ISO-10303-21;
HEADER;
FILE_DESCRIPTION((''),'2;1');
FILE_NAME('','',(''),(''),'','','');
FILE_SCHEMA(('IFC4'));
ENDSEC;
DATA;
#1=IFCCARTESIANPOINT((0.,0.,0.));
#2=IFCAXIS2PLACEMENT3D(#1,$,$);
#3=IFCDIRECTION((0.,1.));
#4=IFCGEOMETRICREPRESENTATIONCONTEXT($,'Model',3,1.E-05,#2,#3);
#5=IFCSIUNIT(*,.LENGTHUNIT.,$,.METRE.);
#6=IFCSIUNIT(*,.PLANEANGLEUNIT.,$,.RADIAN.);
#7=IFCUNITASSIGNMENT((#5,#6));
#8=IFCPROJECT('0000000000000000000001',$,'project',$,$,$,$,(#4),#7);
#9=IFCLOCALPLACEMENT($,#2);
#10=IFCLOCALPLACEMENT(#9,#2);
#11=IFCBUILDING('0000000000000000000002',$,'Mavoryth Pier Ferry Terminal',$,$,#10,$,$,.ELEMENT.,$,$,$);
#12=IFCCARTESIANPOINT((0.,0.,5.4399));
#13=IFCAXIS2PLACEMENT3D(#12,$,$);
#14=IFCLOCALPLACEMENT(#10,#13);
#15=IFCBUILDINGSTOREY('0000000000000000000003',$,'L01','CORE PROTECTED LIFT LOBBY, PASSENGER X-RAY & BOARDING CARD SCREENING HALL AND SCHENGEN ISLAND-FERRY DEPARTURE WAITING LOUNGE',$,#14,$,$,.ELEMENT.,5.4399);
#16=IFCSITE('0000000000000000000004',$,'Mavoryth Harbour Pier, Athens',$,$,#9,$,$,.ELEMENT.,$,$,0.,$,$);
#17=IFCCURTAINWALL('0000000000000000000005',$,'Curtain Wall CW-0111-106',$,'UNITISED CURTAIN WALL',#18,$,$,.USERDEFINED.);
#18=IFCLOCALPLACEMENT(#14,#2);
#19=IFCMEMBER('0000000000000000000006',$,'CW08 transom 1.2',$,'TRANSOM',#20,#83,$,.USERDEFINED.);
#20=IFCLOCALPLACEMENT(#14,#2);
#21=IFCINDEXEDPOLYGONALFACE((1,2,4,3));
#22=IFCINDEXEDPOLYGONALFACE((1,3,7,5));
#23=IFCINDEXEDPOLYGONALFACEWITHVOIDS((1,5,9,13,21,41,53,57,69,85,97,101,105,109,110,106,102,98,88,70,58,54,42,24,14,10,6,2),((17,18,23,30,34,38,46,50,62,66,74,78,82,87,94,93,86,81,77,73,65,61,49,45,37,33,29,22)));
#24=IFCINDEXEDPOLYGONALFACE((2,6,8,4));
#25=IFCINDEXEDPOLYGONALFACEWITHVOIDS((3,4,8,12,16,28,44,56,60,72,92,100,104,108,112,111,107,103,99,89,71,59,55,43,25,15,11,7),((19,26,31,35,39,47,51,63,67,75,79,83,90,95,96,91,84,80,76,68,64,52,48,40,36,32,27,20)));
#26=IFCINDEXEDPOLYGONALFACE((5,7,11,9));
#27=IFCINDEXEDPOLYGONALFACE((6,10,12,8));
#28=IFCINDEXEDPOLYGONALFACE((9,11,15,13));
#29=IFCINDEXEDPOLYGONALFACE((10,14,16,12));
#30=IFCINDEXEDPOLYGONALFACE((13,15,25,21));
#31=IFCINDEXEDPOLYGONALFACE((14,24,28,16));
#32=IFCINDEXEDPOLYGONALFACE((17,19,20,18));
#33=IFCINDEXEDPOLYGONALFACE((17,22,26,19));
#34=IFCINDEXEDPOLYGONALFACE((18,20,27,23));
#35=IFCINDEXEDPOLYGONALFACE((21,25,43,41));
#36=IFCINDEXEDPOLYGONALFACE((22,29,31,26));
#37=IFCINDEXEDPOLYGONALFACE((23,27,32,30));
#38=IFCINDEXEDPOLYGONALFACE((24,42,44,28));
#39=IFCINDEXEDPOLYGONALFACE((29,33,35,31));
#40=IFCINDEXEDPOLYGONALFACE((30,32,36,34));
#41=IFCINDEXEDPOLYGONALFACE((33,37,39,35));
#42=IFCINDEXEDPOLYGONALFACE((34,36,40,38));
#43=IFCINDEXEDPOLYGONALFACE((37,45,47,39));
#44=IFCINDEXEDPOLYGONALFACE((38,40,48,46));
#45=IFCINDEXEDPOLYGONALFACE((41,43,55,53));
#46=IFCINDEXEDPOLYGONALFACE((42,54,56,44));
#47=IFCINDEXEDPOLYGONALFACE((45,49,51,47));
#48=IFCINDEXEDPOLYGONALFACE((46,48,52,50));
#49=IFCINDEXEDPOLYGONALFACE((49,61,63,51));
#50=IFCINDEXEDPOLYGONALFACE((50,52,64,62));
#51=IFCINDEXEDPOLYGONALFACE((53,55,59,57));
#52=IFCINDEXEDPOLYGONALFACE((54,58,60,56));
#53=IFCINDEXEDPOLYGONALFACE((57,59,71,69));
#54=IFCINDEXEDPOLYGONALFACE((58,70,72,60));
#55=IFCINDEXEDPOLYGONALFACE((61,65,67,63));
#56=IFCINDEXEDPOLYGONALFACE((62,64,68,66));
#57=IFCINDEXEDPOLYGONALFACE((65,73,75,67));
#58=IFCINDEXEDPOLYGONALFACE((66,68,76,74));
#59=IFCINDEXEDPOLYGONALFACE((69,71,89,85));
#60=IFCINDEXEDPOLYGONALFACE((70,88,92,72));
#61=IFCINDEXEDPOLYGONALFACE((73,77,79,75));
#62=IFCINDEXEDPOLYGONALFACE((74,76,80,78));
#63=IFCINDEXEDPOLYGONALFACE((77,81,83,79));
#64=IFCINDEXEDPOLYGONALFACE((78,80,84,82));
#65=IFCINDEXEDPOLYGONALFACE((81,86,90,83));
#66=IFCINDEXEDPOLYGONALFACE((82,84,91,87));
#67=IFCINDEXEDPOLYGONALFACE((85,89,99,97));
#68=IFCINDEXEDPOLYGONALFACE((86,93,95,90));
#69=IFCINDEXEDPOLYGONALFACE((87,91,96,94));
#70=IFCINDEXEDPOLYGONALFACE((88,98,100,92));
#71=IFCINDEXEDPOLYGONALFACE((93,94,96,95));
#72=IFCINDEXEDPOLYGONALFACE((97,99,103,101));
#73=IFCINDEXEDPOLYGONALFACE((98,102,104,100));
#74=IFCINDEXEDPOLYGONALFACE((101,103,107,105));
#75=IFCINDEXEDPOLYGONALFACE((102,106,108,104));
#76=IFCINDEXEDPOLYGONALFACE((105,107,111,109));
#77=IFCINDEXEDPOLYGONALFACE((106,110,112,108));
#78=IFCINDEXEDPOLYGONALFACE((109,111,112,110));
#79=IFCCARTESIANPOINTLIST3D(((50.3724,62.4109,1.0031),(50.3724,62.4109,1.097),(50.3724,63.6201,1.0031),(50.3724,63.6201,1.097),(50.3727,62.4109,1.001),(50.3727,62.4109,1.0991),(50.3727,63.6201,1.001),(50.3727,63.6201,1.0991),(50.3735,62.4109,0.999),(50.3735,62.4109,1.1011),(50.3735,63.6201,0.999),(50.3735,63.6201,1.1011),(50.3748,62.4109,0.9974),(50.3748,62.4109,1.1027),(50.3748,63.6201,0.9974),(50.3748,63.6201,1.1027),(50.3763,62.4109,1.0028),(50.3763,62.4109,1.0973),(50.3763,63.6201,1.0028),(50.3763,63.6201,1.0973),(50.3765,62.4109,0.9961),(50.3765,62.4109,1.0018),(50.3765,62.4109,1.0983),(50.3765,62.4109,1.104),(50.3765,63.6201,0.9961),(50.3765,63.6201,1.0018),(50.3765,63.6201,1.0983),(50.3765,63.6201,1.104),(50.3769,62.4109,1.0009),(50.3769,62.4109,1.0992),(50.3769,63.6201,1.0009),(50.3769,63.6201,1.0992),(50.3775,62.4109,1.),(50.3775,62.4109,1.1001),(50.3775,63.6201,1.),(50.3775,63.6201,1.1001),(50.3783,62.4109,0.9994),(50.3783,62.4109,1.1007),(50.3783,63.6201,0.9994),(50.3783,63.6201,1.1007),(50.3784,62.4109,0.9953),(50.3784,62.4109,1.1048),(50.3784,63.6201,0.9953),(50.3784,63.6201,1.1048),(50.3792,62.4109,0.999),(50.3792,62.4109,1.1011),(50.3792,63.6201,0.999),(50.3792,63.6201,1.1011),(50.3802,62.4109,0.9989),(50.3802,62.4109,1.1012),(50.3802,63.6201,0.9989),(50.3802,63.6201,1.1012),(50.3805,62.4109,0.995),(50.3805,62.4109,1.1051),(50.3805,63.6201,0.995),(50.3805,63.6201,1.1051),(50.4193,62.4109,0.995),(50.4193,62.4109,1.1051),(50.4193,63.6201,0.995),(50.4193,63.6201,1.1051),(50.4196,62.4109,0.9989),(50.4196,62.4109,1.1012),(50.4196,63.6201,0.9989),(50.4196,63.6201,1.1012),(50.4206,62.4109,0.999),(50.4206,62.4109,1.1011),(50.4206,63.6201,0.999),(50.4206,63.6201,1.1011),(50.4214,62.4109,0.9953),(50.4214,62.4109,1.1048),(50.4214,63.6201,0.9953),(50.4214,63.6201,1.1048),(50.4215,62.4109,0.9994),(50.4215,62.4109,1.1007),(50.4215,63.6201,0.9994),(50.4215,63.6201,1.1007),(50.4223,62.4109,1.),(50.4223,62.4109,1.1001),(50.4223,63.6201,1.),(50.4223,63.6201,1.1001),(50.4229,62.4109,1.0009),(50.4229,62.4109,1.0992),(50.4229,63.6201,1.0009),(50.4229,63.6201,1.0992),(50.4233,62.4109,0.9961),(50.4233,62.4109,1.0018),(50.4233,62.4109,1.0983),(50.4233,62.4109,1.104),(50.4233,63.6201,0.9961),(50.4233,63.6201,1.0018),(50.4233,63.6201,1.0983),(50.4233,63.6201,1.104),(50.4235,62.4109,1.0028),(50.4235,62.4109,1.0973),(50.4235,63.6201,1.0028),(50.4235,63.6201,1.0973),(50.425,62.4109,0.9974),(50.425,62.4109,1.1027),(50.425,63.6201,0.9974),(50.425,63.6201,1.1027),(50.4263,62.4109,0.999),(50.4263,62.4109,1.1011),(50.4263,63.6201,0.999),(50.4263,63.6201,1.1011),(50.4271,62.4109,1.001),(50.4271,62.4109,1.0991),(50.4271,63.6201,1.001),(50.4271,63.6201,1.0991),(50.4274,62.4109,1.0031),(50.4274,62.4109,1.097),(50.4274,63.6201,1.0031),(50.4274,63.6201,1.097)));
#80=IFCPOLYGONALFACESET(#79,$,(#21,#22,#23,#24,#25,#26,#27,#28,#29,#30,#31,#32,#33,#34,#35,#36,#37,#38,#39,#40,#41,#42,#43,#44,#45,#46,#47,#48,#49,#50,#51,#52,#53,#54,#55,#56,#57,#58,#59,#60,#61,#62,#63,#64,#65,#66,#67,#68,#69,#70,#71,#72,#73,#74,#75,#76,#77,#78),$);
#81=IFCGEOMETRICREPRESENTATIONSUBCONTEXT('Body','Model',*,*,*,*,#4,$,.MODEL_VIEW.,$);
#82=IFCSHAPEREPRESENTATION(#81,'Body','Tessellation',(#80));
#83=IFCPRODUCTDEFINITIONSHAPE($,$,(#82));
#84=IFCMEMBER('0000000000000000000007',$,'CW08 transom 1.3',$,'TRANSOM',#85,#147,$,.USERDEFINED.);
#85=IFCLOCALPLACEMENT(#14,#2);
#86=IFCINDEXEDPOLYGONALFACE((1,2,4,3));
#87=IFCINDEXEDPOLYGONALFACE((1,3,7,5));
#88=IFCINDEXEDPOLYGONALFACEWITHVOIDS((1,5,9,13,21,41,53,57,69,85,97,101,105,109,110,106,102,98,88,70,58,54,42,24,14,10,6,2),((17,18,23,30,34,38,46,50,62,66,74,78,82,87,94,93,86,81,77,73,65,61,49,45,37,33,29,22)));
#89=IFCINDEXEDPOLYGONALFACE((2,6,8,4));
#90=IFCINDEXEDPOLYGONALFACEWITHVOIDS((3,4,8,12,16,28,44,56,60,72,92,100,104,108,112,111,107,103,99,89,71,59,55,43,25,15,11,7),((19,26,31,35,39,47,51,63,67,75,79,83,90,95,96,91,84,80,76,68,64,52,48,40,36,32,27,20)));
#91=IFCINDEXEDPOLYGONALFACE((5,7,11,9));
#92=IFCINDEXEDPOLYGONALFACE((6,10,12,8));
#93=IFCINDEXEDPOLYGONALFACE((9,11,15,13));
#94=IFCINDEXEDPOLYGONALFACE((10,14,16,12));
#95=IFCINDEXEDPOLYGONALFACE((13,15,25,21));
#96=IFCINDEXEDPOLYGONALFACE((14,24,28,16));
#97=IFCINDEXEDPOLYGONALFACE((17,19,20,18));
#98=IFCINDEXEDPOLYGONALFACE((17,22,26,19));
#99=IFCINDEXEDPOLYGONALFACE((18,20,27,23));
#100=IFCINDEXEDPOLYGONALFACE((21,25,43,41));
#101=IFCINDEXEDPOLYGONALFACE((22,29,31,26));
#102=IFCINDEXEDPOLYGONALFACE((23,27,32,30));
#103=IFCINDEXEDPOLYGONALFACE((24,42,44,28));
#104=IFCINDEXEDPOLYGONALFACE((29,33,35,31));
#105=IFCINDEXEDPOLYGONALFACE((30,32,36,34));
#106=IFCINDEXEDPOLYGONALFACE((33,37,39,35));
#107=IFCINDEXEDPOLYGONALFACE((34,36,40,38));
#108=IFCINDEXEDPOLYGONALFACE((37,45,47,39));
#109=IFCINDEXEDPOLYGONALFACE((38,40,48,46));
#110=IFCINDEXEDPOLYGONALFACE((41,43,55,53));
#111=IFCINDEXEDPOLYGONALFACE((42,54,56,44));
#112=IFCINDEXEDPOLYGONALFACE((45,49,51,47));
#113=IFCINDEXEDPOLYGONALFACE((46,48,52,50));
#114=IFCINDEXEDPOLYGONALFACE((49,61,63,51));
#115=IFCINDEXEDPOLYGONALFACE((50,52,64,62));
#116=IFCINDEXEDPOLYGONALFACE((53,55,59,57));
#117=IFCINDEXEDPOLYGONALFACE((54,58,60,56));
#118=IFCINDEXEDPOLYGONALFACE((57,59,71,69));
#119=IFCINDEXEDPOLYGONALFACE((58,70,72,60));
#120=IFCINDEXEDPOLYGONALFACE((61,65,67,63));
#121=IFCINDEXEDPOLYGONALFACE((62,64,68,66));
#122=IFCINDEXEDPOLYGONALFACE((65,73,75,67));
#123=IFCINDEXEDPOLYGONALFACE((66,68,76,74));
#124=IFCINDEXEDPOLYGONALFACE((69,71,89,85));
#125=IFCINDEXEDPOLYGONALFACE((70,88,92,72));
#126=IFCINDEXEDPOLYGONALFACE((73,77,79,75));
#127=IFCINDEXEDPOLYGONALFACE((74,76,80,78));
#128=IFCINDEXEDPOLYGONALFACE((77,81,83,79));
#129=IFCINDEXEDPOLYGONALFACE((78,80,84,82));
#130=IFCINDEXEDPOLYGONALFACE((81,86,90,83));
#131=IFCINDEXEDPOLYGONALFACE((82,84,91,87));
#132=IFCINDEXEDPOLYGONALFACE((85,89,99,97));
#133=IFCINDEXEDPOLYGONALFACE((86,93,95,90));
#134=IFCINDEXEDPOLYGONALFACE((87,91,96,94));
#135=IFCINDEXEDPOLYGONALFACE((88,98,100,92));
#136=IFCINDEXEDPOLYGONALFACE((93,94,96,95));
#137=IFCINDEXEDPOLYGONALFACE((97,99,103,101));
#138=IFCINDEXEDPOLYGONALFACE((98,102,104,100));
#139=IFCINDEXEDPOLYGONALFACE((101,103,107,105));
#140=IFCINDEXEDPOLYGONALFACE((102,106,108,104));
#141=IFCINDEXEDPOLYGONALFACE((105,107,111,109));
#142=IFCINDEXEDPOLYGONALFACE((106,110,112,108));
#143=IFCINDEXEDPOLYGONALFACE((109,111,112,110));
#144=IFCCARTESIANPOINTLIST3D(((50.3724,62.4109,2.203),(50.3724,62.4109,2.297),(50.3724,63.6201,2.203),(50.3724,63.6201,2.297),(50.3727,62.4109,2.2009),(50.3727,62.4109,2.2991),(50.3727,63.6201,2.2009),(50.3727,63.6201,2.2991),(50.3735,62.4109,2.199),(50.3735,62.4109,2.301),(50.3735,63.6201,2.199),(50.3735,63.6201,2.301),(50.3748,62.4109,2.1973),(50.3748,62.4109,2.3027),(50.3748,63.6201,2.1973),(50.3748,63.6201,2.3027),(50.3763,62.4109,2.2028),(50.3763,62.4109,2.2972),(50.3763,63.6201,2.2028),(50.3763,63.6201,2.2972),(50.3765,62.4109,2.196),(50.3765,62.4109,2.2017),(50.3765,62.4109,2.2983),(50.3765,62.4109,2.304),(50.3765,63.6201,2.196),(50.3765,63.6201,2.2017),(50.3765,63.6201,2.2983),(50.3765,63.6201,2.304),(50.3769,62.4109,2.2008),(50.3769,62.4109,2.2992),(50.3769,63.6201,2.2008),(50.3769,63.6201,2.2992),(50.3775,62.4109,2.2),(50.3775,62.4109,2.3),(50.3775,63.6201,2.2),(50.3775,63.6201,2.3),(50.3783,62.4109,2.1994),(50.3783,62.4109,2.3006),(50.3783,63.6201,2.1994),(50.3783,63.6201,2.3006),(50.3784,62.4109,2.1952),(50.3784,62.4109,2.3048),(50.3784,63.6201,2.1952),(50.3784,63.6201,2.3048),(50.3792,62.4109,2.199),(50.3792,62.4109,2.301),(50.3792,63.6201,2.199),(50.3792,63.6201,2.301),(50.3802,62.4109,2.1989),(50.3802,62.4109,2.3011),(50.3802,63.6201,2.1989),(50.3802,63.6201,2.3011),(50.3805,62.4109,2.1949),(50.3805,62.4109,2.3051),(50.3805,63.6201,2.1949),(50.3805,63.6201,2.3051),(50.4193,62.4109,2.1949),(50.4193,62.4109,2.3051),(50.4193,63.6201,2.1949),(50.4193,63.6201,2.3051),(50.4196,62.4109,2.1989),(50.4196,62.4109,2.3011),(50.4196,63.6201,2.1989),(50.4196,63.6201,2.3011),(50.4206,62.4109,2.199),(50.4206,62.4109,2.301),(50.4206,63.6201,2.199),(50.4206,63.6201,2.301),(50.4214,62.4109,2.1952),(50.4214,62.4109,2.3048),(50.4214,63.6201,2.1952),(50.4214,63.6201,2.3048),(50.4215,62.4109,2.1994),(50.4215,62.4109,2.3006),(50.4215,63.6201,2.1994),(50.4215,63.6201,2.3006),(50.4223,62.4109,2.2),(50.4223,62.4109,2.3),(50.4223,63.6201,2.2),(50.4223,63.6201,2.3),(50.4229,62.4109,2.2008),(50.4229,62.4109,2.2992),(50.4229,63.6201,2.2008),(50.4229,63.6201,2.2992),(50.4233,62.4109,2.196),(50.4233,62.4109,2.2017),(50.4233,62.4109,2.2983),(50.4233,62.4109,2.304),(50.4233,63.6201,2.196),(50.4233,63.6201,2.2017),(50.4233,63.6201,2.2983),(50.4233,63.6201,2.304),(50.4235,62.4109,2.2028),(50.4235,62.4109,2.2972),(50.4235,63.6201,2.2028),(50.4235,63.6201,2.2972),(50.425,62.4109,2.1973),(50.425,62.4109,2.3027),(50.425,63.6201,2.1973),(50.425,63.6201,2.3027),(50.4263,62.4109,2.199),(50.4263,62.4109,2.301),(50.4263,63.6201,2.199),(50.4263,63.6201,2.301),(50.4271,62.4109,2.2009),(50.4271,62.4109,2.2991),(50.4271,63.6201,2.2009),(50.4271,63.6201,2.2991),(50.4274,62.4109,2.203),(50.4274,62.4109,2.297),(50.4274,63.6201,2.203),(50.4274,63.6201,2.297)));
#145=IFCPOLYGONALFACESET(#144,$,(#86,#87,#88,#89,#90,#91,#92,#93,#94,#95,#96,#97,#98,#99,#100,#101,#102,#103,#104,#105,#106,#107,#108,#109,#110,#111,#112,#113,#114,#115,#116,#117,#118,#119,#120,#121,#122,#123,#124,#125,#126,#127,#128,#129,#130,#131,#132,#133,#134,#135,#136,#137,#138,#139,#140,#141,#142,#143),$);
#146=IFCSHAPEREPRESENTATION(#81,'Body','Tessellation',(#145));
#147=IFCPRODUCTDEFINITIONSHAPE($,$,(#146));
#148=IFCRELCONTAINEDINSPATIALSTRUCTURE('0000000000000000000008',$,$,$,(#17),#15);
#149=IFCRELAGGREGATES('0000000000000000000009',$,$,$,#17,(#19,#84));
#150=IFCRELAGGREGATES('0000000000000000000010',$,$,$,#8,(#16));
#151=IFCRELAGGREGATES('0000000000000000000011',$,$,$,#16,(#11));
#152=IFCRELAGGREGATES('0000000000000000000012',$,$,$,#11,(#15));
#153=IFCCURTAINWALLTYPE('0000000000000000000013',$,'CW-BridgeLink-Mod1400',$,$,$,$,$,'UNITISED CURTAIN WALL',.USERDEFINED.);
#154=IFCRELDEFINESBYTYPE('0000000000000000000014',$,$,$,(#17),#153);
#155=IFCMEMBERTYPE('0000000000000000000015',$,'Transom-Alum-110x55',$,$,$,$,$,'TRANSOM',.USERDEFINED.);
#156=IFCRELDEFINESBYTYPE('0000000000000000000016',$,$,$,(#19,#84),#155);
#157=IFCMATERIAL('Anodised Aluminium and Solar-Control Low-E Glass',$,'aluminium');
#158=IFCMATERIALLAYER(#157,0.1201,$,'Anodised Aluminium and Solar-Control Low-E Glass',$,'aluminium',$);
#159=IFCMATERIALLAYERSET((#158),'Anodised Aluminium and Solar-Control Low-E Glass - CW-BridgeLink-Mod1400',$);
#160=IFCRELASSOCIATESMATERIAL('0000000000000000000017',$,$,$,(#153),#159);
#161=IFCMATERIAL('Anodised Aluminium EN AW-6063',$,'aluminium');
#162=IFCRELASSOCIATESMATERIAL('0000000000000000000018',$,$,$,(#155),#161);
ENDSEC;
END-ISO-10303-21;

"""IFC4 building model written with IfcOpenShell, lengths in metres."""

from ifc_helpers import new_model, si_unit, direction, frame, origin, origin_2d, place, context, subcontext, project, spatial, hollow_rectangle, extrude, material, layer, layer_set, material_profile, profile_set, type_object, element, aggregate, save


model = new_model("IFC4")

# Units and contexts
model_context = context("Model", 3, precision=1e-05, world=origin(), true_north=direction((0.0, 1.0)))
body_context = subcontext(model_context, "Body", "Model", "MODEL_VIEW")
ifc_project = project(units=[si_unit("LENGTHUNIT", "METRE"), si_unit("PLANEANGLEUNIT", "RADIAN")], contexts=[model_context])

# Site, building, storey
site_placement = place(None, origin())
site = spatial("IfcSite", under=ifc_project, at=site_placement, Name="Mavoryth Harbour Pier, Athens", CompositionType="ELEMENT", RefElevation=0.0)
building_placement = place(site_placement, origin())
building = spatial("IfcBuilding", under=site, at=building_placement, Name="Mavoryth Pier Ferry Terminal", CompositionType="ELEMENT")
storey_placement = place(building_placement, frame((0.0, 0.0, 5.4399)))
storey = spatial("IfcBuildingStorey", under=building, at=storey_placement, Name="L01", Description="CORE PROTECTED LIFT LOBBY, PASSENGER X-RAY & BOARDING CARD SCREENING HALL AND SCHENGEN ISLAND-FERRY DEPARTURE WAITING LOUNGE", CompositionType="ELEMENT", Elevation=5.4399)

# Curtain wall
ifc_material_1 = material(Name="Anodised Aluminium and Solar-Control Low-E Glass", Category="aluminium")
ifc_layer_1 = layer(ifc_material_1, 0.1201, Name="Anodised Aluminium and Solar-Control Low-E Glass", Category="aluminium")
ifc_layer_set_1 = layer_set([ifc_layer_1], Name="Anodised Aluminium and Solar-Control Low-E Glass - CW-BridgeLink-Mod1400")
curtain_wall_type = type_object("IfcCurtainWallType", Name="CW-BridgeLink-Mod1400", ElementType="UNITISED CURTAIN WALL", PredefinedType="USERDEFINED", material=ifc_layer_set_1)
curtain_wall_1_placement = place(storey_placement, origin())
curtain_wall_1 = element("IfcCurtainWall", 1, at=curtain_wall_1_placement, inside=storey, type_object=curtain_wall_type, Name="Curtain Wall CW-0111-106", ObjectType="UNITISED CURTAIN WALL", PredefinedType="USERDEFINED")
ifc_material_2 = material(Name="Anodised Aluminium EN AW-6063", Category="aluminium")

# Members
ifc_material_profile_1 = material_profile(ifc_material_2, hollow_rectangle(XDim=0.0549, YDim=0.1101, WallThickness=0.0039, InnerFilletRadius=0.0039, OuterFilletRadius=0.0081, at=origin_2d()), Name="AL-TRAN 110x55x4", Category="aluminium")
ifc_profile_set_1 = profile_set([ifc_material_profile_1], Name="Anodised Aluminium EN AW-6063 - AL-TRAN 110x55x4")
member_type_1 = type_object("IfcMemberType", Name="Transom-Alum-110x55", ElementType="TRANSOM", PredefinedType="USERDEFINED", material=ifc_profile_set_1)
member_1_placement = place(storey_placement, frame((50.3999, 63.6201, 1.05), z_axis=(0.0, -1.0, 0.0), x_axis=(1.0, 0.0, 0.0)))
member_1 = element("IfcMember", 2, at=member_1_placement, type_object=member_type_1, Name="CW08 transom 1.2", ObjectType="TRANSOM", PredefinedType="USERDEFINED", context=body_context, shape_type="SweptSolid", body=[
    extrude(hollow_rectangle(XDim=0.0549, YDim=0.1101, WallThickness=0.0039, InnerFilletRadius=0.0039, OuterFilletRadius=0.0081, at=origin_2d()), origin(), (0.0, 0.0, 1.0), 1.2092),
])
member_2_placement = place(storey_placement, frame((50.3999, 63.6201, 2.25), z_axis=(0.0, -1.0, 0.0), x_axis=(1.0, 0.0, 0.0)))
member_2 = element("IfcMember", 3, at=member_2_placement, type_object=member_type_1, Name="CW08 transom 1.3", ObjectType="TRANSOM", PredefinedType="USERDEFINED", context=body_context, shape_type="SweptSolid", body=[
    extrude(hollow_rectangle(XDim=0.0549, YDim=0.1101, WallThickness=0.0039, InnerFilletRadius=0.0039, OuterFilletRadius=0.0081, at=origin_2d()), origin(), (0.0, 0.0, 1.0), 1.2092),
])

aggregate(curtain_wall_1, [member_1, member_2])

save(model, "model.ifc")
